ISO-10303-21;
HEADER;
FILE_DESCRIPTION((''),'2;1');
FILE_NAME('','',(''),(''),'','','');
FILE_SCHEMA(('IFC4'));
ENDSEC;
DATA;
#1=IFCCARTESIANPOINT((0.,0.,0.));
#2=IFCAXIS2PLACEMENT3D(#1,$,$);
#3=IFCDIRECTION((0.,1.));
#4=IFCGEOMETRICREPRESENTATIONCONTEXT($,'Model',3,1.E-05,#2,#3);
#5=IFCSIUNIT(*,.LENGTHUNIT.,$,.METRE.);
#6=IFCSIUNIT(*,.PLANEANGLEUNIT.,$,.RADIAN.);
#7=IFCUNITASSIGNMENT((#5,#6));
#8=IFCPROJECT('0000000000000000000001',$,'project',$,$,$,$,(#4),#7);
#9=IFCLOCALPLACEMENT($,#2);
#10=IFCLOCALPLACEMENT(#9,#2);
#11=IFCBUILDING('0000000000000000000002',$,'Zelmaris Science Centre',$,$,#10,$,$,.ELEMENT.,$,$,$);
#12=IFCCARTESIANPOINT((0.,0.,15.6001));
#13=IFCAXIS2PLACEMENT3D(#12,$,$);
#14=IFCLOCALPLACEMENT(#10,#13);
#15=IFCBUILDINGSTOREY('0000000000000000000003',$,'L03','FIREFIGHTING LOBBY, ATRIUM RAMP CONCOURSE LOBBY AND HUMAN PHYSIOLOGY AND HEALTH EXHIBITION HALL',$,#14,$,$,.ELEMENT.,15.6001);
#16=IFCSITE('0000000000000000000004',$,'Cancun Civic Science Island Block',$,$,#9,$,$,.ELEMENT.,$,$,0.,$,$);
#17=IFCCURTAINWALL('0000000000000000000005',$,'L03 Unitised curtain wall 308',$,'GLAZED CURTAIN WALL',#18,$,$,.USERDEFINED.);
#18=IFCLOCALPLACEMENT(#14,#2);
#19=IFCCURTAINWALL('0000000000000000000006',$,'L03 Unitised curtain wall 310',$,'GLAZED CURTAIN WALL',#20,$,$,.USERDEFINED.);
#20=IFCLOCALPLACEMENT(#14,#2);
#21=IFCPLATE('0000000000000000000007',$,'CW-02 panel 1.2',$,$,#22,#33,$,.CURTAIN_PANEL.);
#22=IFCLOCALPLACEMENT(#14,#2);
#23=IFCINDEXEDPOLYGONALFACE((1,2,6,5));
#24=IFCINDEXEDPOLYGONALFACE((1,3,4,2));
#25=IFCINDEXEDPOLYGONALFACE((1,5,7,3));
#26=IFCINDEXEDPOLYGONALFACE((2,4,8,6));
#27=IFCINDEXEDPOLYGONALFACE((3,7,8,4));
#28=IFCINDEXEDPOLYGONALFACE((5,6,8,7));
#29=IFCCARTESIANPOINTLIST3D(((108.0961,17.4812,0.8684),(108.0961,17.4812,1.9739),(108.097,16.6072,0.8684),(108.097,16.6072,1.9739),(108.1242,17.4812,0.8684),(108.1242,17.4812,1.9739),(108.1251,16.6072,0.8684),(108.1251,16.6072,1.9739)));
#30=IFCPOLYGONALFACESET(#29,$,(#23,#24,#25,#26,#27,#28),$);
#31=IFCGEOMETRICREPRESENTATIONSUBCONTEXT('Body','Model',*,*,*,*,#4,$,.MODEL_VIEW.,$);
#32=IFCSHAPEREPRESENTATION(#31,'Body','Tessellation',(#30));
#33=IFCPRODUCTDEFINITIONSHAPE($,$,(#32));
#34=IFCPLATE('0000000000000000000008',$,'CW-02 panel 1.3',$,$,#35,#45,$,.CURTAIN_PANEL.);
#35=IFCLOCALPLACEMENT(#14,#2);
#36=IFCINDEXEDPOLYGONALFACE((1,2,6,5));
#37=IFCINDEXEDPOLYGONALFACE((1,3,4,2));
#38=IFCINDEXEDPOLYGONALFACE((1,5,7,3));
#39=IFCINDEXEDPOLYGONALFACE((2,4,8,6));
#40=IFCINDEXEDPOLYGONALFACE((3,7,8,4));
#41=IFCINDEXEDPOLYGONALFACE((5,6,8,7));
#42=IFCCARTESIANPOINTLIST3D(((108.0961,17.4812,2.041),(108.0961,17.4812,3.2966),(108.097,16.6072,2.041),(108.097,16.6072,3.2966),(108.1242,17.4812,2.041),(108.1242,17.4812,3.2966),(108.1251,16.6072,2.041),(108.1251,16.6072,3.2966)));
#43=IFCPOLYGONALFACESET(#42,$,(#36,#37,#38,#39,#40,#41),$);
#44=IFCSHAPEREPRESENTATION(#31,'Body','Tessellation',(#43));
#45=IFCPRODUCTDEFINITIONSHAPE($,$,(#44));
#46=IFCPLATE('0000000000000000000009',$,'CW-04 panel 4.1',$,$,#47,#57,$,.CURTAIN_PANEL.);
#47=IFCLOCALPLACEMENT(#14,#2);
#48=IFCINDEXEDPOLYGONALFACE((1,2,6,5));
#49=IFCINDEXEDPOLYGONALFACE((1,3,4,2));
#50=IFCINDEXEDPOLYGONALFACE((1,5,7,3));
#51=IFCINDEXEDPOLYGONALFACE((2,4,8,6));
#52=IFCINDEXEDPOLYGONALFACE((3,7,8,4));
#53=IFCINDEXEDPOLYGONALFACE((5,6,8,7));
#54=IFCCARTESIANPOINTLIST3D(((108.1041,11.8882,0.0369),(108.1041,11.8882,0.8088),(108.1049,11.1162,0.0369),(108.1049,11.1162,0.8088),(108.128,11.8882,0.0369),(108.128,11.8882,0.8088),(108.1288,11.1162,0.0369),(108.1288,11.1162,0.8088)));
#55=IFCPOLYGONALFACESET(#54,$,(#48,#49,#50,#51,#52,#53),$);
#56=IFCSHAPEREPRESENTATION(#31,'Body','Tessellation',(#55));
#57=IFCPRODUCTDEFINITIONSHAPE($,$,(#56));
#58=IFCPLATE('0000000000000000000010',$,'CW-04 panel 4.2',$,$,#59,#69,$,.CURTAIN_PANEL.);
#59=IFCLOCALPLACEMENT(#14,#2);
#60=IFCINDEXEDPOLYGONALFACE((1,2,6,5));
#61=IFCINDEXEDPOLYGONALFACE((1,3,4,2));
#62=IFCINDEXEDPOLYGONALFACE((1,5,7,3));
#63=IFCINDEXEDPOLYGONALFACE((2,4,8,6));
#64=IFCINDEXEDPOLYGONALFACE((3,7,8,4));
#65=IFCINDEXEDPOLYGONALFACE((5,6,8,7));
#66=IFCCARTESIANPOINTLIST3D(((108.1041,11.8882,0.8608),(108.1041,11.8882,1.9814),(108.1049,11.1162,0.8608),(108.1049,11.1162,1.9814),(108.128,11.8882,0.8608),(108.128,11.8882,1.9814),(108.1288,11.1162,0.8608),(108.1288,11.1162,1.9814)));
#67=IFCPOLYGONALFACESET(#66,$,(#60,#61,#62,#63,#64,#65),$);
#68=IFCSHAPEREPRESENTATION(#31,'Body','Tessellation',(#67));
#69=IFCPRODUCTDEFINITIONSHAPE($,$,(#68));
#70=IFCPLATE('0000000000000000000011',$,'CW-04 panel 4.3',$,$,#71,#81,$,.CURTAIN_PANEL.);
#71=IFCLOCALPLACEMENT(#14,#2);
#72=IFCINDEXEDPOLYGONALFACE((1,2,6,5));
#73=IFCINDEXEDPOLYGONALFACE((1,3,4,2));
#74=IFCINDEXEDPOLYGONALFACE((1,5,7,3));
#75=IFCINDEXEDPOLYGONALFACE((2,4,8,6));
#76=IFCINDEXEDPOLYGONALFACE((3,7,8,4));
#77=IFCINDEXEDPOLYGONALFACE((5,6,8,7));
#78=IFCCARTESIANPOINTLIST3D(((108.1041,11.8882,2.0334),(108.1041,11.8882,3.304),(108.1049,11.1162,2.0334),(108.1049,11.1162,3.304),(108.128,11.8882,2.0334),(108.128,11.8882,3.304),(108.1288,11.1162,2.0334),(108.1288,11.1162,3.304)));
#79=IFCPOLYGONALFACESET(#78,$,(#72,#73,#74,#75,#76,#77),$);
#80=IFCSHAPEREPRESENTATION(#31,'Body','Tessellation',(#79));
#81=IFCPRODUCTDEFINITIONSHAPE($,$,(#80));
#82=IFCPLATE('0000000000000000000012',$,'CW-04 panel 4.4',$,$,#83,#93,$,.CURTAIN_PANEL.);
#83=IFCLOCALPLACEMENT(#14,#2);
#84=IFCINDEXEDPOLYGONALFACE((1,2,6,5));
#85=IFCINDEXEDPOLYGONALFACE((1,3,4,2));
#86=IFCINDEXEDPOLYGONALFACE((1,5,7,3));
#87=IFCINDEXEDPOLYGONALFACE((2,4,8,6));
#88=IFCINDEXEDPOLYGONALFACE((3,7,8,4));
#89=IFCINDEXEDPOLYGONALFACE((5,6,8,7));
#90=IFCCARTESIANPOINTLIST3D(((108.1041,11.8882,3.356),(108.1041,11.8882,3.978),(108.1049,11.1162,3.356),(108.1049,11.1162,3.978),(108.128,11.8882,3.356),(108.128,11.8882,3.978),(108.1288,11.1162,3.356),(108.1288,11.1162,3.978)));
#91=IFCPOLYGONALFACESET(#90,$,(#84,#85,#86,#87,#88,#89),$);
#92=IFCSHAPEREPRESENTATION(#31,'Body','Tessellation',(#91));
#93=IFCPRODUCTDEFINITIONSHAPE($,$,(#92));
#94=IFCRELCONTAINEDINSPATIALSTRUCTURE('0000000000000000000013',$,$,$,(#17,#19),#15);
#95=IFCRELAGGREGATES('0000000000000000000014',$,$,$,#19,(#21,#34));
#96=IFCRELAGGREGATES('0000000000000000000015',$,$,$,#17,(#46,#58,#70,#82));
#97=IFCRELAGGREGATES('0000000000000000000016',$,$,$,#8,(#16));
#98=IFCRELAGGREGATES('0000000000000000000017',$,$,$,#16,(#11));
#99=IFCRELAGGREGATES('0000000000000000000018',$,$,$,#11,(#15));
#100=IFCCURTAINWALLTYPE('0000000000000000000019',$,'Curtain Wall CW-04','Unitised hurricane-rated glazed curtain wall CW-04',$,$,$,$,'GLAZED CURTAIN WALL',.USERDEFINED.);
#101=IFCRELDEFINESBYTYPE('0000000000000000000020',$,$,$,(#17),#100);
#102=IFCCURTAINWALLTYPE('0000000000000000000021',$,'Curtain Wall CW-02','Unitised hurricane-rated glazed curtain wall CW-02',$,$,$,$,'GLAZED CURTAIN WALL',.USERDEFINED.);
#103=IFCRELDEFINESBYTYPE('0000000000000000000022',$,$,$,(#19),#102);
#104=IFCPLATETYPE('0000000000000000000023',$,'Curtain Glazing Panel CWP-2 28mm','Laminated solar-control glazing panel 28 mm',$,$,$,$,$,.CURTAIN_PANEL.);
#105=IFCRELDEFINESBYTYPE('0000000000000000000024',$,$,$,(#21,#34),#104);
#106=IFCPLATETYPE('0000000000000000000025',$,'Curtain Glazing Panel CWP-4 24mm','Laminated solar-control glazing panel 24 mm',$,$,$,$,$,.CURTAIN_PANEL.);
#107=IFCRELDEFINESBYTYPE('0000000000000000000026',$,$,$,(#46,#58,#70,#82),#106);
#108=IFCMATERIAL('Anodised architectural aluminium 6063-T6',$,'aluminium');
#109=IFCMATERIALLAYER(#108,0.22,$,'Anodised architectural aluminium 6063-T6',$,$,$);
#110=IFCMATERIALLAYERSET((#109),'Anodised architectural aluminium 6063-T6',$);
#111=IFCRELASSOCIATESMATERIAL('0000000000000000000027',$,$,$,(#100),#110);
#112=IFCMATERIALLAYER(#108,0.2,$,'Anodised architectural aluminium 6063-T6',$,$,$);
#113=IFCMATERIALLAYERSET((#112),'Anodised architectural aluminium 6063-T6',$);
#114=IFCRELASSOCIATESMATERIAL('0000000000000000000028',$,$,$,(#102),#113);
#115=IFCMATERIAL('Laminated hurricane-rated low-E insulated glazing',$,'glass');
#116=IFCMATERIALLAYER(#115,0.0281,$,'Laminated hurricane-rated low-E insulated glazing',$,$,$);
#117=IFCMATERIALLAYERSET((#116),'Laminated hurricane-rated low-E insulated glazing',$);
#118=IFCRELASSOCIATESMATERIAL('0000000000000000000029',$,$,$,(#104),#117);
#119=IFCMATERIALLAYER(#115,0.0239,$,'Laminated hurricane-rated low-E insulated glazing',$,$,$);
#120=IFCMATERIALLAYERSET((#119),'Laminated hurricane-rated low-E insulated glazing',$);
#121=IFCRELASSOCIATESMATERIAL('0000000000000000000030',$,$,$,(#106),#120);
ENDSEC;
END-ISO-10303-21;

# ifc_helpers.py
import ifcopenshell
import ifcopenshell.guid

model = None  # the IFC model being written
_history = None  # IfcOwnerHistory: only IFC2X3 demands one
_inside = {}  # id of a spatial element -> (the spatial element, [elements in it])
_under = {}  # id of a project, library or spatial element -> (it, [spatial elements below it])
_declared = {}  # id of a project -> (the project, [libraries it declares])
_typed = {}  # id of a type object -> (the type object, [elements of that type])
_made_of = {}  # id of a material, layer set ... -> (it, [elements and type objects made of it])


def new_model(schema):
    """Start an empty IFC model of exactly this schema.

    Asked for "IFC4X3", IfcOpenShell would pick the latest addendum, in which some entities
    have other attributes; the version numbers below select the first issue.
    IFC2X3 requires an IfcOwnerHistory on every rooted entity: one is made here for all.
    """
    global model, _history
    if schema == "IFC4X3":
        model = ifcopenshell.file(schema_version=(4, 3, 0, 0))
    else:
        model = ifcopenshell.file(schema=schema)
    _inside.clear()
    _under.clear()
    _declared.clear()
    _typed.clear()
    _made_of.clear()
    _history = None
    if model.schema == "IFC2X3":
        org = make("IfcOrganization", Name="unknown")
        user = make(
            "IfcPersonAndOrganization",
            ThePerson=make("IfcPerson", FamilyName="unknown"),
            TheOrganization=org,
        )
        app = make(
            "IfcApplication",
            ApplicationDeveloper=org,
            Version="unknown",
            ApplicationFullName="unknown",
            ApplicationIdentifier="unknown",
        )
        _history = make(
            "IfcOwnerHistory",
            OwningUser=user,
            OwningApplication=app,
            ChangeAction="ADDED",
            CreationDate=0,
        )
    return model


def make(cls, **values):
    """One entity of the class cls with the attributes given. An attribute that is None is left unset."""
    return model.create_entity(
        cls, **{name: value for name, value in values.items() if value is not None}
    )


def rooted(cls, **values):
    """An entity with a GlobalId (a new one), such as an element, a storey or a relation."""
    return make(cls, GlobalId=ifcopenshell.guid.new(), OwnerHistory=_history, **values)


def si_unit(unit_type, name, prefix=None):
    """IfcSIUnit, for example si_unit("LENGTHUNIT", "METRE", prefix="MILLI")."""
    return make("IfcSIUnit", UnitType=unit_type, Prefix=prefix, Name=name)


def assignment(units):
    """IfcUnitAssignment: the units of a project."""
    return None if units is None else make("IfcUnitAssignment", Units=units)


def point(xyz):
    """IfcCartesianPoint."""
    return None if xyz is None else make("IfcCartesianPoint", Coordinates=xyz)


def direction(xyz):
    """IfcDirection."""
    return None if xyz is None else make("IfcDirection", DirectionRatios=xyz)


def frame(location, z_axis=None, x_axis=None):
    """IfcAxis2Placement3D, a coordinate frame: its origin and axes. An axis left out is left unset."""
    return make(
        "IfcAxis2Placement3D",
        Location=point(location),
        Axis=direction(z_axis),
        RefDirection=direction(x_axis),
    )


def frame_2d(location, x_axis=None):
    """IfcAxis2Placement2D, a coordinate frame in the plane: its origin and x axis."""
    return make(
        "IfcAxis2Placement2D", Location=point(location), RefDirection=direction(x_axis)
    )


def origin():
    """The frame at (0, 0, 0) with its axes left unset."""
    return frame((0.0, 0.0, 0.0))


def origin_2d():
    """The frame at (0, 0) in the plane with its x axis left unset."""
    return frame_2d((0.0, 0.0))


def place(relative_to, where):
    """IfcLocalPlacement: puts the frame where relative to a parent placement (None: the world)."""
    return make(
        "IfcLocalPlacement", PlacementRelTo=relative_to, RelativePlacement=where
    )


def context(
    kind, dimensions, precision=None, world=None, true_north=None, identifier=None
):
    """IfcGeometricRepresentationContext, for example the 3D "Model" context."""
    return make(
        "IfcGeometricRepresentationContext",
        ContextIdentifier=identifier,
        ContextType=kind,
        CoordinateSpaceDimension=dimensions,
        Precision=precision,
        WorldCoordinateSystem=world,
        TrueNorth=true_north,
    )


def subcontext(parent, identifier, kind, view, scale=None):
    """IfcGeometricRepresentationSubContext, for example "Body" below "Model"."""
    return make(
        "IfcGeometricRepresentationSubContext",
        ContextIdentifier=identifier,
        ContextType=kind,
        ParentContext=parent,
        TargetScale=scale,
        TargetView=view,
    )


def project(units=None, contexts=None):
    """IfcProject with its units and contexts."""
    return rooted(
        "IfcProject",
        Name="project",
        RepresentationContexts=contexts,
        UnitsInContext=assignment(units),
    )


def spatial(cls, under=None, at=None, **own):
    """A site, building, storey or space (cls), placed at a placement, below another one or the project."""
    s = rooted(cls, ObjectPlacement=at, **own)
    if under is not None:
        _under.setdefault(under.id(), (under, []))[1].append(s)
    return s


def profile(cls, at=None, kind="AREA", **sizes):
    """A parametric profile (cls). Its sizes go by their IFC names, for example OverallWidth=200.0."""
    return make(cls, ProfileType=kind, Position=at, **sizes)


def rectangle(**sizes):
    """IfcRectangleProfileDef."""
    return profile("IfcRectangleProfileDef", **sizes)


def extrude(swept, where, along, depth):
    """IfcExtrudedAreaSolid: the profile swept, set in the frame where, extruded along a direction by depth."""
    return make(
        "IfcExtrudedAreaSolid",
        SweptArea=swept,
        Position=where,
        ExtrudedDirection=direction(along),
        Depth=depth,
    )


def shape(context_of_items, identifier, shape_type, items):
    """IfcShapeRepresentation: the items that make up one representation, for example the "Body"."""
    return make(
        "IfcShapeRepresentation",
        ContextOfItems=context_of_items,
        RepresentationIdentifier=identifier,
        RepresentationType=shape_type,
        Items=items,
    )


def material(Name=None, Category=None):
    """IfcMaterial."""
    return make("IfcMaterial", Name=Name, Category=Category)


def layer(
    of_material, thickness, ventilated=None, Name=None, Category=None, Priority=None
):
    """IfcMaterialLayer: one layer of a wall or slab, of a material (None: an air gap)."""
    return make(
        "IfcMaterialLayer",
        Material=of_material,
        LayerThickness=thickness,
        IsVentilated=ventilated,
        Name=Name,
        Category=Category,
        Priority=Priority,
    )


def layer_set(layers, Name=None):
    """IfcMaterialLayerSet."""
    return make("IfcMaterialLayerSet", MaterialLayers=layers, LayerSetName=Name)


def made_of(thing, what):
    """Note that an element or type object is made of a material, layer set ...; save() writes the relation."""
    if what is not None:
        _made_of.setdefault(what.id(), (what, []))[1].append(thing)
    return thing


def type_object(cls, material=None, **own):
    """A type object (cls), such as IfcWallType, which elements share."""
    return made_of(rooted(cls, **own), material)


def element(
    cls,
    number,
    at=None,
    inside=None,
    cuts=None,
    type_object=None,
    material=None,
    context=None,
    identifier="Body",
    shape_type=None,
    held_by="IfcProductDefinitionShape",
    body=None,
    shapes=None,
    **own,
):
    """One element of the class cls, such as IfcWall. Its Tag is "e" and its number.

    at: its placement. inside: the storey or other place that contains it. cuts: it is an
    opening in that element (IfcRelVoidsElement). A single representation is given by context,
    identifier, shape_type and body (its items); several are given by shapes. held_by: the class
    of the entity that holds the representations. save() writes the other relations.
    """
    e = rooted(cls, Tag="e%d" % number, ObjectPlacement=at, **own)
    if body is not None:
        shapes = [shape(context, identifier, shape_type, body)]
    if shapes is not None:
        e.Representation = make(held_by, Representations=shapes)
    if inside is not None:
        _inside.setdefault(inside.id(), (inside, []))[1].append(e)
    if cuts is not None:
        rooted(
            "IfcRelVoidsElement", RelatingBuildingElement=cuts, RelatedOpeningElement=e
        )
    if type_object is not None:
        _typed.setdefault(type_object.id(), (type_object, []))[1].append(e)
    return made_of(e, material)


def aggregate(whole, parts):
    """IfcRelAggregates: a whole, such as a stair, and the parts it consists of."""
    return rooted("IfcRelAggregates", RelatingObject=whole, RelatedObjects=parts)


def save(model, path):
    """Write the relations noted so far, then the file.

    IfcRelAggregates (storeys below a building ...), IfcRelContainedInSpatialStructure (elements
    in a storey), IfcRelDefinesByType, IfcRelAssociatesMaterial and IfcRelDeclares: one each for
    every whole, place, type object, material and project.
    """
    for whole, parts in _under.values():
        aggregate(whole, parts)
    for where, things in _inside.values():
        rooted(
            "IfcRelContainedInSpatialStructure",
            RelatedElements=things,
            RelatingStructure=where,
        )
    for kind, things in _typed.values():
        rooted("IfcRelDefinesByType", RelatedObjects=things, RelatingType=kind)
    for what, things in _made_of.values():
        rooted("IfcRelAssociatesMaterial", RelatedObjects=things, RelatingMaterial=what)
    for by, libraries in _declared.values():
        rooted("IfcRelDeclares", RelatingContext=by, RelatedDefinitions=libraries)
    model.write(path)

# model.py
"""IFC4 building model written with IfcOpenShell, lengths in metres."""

from ifc_helpers import new_model, si_unit, direction, frame, origin, origin_2d, place, context, subcontext, project, spatial, rectangle, extrude, material, layer, layer_set, type_object, element, aggregate, save


model = new_model("IFC4")

# Units and contexts
model_context = context("Model", 3, precision=1e-05, world=origin(), true_north=direction((0.0, 1.0)))
body_context = subcontext(model_context, "Body", "Model", "MODEL_VIEW")
ifc_project = project(units=[si_unit("LENGTHUNIT", "METRE"), si_unit("PLANEANGLEUNIT", "RADIAN")], contexts=[model_context])

# Site, building, storey
site_placement = place(None, origin())
site = spatial("IfcSite", under=ifc_project, at=site_placement, Name="Cancun Civic Science Island Block", CompositionType="ELEMENT", RefElevation=0.0)
building_placement = place(site_placement, origin())
building = spatial("IfcBuilding", under=site, at=building_placement, Name="Zelmaris Science Centre", CompositionType="ELEMENT")
storey_placement = place(building_placement, frame((0.0, 0.0, 15.6001)))
storey = spatial("IfcBuildingStorey", under=building, at=storey_placement, Name="L03", Description="FIREFIGHTING LOBBY, ATRIUM RAMP CONCOURSE LOBBY AND HUMAN PHYSIOLOGY AND HEALTH EXHIBITION HALL", CompositionType="ELEMENT", Elevation=15.6001)

# Curtain walls
ifc_material_1 = material(Name="Anodised architectural aluminium 6063-T6", Category="aluminium")
ifc_layer_1 = layer(ifc_material_1, 0.22, Name="Anodised architectural aluminium 6063-T6")
ifc_layer_set_1 = layer_set([ifc_layer_1], Name="Anodised architectural aluminium 6063-T6")
curtain_wall_type_1 = type_object("IfcCurtainWallType", Name="Curtain Wall CW-04", Description="Unitised hurricane-rated glazed curtain wall CW-04", ElementType="GLAZED CURTAIN WALL", PredefinedType="USERDEFINED", material=ifc_layer_set_1)
curtain_wall_1_placement = place(storey_placement, origin())
curtain_wall_1 = element("IfcCurtainWall", 1, at=curtain_wall_1_placement, inside=storey, type_object=curtain_wall_type_1, Name="L03 Unitised curtain wall 308", ObjectType="GLAZED CURTAIN WALL", PredefinedType="USERDEFINED")
ifc_layer_2 = layer(ifc_material_1, 0.2, Name="Anodised architectural aluminium 6063-T6")
ifc_layer_set_2 = layer_set([ifc_layer_2], Name="Anodised architectural aluminium 6063-T6")
curtain_wall_type_2 = type_object("IfcCurtainWallType", Name="Curtain Wall CW-02", Description="Unitised hurricane-rated glazed curtain wall CW-02", ElementType="GLAZED CURTAIN WALL", PredefinedType="USERDEFINED", material=ifc_layer_set_2)
curtain_wall_2_placement = place(storey_placement, origin())
curtain_wall_2 = element("IfcCurtainWall", 2, at=curtain_wall_2_placement, inside=storey, type_object=curtain_wall_type_2, Name="L03 Unitised curtain wall 310", ObjectType="GLAZED CURTAIN WALL", PredefinedType="USERDEFINED")

# Plates
ifc_material_2 = material(Name="Laminated hurricane-rated low-E insulated glazing", Category="glass")
ifc_layer_3 = layer(ifc_material_2, 0.0281, Name="Laminated hurricane-rated low-E insulated glazing")
ifc_layer_set_3 = layer_set([ifc_layer_3], Name="Laminated hurricane-rated low-E insulated glazing")
plate_type_1 = type_object("IfcPlateType", Name="Curtain Glazing Panel CWP-2 28mm", Description="Laminated solar-control glazing panel 28 mm", PredefinedType="CURTAIN_PANEL", material=ifc_layer_set_3)
plate_1_placement = place(storey_placement, frame((108.1106, 17.0442, 0.8684), z_axis=(0.0, 0.0, 1.0), x_axis=(-0.001052, 0.999999, 0.0)))
plate_1 = element("IfcPlate", 3, at=plate_1_placement, type_object=plate_type_1, Name="CW-02 panel 1.2", PredefinedType="CURTAIN_PANEL", context=body_context, shape_type="SweptSolid", body=[
    extrude(rectangle(XDim=0.874, YDim=0.0281, at=origin_2d()), origin(), (0.0, 0.0, 1.0), 1.1055),
])
plate_2_placement = place(storey_placement, frame((108.1106, 17.0442, 2.041), z_axis=(0.0, 0.0, 1.0), x_axis=(-0.001052, 0.999999, 0.0)))
plate_2 = element("IfcPlate", 4, at=plate_2_placement, type_object=plate_type_1, Name="CW-02 panel 1.3", PredefinedType="CURTAIN_PANEL", context=body_context, shape_type="SweptSolid", body=[
    extrude(rectangle(XDim=0.874, YDim=0.0281, at=origin_2d()), origin(), (0.0, 0.0, 1.0), 1.2556),
])
aggregate(curtain_wall_2, [plate_1, plate_2])
ifc_layer_4 = layer(ifc_material_2, 0.0239, Name="Laminated hurricane-rated low-E insulated glazing")
ifc_layer_set_4 = layer_set([ifc_layer_4], Name="Laminated hurricane-rated low-E insulated glazing")
plate_type_2 = type_object("IfcPlateType", Name="Curtain Glazing Panel CWP-4 24mm", Description="Laminated solar-control glazing panel 24 mm", PredefinedType="CURTAIN_PANEL", material=ifc_layer_set_4)
plate_3_placement = place(storey_placement, frame((108.1165, 11.5022, 0.0369), z_axis=(0.0, 0.0, 1.0), x_axis=(-0.001059, 0.999999, 0.0)))
plate_3 = element("IfcPlate", 5, at=plate_3_placement, type_object=plate_type_2, Name="CW-04 panel 4.1", PredefinedType="CURTAIN_PANEL", context=body_context, shape_type="SweptSolid", body=[
    extrude(rectangle(XDim=0.772, YDim=0.0239, at=origin_2d()), origin(), (0.0, 0.0, 1.0), 0.772),
])
plate_4_placement = place(storey_placement, frame((108.1165, 11.5022, 0.8608), z_axis=(0.0, 0.0, 1.0), x_axis=(-0.001059, 0.999999, 0.0)))
plate_4 = element("IfcPlate", 6, at=plate_4_placement, type_object=plate_type_2, Name="CW-04 panel 4.2", PredefinedType="CURTAIN_PANEL", context=body_context, shape_type="SweptSolid", body=[
    extrude(rectangle(XDim=0.772, YDim=0.0239, at=origin_2d()), origin(), (0.0, 0.0, 1.0), 1.1206),
])
plate_5_placement = place(storey_placement, frame((108.1165, 11.5022, 2.0334), z_axis=(0.0, 0.0, 1.0), x_axis=(-0.001059, 0.999999, 0.0)))
plate_5 = element("IfcPlate", 7, at=plate_5_placement, type_object=plate_type_2, Name="CW-04 panel 4.3", PredefinedType="CURTAIN_PANEL", context=body_context, shape_type="SweptSolid", body=[
    extrude(rectangle(XDim=0.772, YDim=0.0239, at=origin_2d()), origin(), (0.0, 0.0, 1.0), 1.2705),
])
plate_6_placement = place(storey_placement, frame((108.1165, 11.5022, 3.356), z_axis=(0.0, 0.0, 1.0), x_axis=(-0.001059, 0.999999, 0.0)))
plate_6 = element("IfcPlate", 8, at=plate_6_placement, type_object=plate_type_2, Name="CW-04 panel 4.4", PredefinedType="CURTAIN_PANEL", context=body_context, shape_type="SweptSolid", body=[
    extrude(rectangle(XDim=0.772, YDim=0.0239, at=origin_2d()), origin(), (0.0, 0.0, 1.0), 0.6221),
])
aggregate(curtain_wall_1, [plate_3, plate_4, plate_5, plate_6])

save(model, "model.ifc")
